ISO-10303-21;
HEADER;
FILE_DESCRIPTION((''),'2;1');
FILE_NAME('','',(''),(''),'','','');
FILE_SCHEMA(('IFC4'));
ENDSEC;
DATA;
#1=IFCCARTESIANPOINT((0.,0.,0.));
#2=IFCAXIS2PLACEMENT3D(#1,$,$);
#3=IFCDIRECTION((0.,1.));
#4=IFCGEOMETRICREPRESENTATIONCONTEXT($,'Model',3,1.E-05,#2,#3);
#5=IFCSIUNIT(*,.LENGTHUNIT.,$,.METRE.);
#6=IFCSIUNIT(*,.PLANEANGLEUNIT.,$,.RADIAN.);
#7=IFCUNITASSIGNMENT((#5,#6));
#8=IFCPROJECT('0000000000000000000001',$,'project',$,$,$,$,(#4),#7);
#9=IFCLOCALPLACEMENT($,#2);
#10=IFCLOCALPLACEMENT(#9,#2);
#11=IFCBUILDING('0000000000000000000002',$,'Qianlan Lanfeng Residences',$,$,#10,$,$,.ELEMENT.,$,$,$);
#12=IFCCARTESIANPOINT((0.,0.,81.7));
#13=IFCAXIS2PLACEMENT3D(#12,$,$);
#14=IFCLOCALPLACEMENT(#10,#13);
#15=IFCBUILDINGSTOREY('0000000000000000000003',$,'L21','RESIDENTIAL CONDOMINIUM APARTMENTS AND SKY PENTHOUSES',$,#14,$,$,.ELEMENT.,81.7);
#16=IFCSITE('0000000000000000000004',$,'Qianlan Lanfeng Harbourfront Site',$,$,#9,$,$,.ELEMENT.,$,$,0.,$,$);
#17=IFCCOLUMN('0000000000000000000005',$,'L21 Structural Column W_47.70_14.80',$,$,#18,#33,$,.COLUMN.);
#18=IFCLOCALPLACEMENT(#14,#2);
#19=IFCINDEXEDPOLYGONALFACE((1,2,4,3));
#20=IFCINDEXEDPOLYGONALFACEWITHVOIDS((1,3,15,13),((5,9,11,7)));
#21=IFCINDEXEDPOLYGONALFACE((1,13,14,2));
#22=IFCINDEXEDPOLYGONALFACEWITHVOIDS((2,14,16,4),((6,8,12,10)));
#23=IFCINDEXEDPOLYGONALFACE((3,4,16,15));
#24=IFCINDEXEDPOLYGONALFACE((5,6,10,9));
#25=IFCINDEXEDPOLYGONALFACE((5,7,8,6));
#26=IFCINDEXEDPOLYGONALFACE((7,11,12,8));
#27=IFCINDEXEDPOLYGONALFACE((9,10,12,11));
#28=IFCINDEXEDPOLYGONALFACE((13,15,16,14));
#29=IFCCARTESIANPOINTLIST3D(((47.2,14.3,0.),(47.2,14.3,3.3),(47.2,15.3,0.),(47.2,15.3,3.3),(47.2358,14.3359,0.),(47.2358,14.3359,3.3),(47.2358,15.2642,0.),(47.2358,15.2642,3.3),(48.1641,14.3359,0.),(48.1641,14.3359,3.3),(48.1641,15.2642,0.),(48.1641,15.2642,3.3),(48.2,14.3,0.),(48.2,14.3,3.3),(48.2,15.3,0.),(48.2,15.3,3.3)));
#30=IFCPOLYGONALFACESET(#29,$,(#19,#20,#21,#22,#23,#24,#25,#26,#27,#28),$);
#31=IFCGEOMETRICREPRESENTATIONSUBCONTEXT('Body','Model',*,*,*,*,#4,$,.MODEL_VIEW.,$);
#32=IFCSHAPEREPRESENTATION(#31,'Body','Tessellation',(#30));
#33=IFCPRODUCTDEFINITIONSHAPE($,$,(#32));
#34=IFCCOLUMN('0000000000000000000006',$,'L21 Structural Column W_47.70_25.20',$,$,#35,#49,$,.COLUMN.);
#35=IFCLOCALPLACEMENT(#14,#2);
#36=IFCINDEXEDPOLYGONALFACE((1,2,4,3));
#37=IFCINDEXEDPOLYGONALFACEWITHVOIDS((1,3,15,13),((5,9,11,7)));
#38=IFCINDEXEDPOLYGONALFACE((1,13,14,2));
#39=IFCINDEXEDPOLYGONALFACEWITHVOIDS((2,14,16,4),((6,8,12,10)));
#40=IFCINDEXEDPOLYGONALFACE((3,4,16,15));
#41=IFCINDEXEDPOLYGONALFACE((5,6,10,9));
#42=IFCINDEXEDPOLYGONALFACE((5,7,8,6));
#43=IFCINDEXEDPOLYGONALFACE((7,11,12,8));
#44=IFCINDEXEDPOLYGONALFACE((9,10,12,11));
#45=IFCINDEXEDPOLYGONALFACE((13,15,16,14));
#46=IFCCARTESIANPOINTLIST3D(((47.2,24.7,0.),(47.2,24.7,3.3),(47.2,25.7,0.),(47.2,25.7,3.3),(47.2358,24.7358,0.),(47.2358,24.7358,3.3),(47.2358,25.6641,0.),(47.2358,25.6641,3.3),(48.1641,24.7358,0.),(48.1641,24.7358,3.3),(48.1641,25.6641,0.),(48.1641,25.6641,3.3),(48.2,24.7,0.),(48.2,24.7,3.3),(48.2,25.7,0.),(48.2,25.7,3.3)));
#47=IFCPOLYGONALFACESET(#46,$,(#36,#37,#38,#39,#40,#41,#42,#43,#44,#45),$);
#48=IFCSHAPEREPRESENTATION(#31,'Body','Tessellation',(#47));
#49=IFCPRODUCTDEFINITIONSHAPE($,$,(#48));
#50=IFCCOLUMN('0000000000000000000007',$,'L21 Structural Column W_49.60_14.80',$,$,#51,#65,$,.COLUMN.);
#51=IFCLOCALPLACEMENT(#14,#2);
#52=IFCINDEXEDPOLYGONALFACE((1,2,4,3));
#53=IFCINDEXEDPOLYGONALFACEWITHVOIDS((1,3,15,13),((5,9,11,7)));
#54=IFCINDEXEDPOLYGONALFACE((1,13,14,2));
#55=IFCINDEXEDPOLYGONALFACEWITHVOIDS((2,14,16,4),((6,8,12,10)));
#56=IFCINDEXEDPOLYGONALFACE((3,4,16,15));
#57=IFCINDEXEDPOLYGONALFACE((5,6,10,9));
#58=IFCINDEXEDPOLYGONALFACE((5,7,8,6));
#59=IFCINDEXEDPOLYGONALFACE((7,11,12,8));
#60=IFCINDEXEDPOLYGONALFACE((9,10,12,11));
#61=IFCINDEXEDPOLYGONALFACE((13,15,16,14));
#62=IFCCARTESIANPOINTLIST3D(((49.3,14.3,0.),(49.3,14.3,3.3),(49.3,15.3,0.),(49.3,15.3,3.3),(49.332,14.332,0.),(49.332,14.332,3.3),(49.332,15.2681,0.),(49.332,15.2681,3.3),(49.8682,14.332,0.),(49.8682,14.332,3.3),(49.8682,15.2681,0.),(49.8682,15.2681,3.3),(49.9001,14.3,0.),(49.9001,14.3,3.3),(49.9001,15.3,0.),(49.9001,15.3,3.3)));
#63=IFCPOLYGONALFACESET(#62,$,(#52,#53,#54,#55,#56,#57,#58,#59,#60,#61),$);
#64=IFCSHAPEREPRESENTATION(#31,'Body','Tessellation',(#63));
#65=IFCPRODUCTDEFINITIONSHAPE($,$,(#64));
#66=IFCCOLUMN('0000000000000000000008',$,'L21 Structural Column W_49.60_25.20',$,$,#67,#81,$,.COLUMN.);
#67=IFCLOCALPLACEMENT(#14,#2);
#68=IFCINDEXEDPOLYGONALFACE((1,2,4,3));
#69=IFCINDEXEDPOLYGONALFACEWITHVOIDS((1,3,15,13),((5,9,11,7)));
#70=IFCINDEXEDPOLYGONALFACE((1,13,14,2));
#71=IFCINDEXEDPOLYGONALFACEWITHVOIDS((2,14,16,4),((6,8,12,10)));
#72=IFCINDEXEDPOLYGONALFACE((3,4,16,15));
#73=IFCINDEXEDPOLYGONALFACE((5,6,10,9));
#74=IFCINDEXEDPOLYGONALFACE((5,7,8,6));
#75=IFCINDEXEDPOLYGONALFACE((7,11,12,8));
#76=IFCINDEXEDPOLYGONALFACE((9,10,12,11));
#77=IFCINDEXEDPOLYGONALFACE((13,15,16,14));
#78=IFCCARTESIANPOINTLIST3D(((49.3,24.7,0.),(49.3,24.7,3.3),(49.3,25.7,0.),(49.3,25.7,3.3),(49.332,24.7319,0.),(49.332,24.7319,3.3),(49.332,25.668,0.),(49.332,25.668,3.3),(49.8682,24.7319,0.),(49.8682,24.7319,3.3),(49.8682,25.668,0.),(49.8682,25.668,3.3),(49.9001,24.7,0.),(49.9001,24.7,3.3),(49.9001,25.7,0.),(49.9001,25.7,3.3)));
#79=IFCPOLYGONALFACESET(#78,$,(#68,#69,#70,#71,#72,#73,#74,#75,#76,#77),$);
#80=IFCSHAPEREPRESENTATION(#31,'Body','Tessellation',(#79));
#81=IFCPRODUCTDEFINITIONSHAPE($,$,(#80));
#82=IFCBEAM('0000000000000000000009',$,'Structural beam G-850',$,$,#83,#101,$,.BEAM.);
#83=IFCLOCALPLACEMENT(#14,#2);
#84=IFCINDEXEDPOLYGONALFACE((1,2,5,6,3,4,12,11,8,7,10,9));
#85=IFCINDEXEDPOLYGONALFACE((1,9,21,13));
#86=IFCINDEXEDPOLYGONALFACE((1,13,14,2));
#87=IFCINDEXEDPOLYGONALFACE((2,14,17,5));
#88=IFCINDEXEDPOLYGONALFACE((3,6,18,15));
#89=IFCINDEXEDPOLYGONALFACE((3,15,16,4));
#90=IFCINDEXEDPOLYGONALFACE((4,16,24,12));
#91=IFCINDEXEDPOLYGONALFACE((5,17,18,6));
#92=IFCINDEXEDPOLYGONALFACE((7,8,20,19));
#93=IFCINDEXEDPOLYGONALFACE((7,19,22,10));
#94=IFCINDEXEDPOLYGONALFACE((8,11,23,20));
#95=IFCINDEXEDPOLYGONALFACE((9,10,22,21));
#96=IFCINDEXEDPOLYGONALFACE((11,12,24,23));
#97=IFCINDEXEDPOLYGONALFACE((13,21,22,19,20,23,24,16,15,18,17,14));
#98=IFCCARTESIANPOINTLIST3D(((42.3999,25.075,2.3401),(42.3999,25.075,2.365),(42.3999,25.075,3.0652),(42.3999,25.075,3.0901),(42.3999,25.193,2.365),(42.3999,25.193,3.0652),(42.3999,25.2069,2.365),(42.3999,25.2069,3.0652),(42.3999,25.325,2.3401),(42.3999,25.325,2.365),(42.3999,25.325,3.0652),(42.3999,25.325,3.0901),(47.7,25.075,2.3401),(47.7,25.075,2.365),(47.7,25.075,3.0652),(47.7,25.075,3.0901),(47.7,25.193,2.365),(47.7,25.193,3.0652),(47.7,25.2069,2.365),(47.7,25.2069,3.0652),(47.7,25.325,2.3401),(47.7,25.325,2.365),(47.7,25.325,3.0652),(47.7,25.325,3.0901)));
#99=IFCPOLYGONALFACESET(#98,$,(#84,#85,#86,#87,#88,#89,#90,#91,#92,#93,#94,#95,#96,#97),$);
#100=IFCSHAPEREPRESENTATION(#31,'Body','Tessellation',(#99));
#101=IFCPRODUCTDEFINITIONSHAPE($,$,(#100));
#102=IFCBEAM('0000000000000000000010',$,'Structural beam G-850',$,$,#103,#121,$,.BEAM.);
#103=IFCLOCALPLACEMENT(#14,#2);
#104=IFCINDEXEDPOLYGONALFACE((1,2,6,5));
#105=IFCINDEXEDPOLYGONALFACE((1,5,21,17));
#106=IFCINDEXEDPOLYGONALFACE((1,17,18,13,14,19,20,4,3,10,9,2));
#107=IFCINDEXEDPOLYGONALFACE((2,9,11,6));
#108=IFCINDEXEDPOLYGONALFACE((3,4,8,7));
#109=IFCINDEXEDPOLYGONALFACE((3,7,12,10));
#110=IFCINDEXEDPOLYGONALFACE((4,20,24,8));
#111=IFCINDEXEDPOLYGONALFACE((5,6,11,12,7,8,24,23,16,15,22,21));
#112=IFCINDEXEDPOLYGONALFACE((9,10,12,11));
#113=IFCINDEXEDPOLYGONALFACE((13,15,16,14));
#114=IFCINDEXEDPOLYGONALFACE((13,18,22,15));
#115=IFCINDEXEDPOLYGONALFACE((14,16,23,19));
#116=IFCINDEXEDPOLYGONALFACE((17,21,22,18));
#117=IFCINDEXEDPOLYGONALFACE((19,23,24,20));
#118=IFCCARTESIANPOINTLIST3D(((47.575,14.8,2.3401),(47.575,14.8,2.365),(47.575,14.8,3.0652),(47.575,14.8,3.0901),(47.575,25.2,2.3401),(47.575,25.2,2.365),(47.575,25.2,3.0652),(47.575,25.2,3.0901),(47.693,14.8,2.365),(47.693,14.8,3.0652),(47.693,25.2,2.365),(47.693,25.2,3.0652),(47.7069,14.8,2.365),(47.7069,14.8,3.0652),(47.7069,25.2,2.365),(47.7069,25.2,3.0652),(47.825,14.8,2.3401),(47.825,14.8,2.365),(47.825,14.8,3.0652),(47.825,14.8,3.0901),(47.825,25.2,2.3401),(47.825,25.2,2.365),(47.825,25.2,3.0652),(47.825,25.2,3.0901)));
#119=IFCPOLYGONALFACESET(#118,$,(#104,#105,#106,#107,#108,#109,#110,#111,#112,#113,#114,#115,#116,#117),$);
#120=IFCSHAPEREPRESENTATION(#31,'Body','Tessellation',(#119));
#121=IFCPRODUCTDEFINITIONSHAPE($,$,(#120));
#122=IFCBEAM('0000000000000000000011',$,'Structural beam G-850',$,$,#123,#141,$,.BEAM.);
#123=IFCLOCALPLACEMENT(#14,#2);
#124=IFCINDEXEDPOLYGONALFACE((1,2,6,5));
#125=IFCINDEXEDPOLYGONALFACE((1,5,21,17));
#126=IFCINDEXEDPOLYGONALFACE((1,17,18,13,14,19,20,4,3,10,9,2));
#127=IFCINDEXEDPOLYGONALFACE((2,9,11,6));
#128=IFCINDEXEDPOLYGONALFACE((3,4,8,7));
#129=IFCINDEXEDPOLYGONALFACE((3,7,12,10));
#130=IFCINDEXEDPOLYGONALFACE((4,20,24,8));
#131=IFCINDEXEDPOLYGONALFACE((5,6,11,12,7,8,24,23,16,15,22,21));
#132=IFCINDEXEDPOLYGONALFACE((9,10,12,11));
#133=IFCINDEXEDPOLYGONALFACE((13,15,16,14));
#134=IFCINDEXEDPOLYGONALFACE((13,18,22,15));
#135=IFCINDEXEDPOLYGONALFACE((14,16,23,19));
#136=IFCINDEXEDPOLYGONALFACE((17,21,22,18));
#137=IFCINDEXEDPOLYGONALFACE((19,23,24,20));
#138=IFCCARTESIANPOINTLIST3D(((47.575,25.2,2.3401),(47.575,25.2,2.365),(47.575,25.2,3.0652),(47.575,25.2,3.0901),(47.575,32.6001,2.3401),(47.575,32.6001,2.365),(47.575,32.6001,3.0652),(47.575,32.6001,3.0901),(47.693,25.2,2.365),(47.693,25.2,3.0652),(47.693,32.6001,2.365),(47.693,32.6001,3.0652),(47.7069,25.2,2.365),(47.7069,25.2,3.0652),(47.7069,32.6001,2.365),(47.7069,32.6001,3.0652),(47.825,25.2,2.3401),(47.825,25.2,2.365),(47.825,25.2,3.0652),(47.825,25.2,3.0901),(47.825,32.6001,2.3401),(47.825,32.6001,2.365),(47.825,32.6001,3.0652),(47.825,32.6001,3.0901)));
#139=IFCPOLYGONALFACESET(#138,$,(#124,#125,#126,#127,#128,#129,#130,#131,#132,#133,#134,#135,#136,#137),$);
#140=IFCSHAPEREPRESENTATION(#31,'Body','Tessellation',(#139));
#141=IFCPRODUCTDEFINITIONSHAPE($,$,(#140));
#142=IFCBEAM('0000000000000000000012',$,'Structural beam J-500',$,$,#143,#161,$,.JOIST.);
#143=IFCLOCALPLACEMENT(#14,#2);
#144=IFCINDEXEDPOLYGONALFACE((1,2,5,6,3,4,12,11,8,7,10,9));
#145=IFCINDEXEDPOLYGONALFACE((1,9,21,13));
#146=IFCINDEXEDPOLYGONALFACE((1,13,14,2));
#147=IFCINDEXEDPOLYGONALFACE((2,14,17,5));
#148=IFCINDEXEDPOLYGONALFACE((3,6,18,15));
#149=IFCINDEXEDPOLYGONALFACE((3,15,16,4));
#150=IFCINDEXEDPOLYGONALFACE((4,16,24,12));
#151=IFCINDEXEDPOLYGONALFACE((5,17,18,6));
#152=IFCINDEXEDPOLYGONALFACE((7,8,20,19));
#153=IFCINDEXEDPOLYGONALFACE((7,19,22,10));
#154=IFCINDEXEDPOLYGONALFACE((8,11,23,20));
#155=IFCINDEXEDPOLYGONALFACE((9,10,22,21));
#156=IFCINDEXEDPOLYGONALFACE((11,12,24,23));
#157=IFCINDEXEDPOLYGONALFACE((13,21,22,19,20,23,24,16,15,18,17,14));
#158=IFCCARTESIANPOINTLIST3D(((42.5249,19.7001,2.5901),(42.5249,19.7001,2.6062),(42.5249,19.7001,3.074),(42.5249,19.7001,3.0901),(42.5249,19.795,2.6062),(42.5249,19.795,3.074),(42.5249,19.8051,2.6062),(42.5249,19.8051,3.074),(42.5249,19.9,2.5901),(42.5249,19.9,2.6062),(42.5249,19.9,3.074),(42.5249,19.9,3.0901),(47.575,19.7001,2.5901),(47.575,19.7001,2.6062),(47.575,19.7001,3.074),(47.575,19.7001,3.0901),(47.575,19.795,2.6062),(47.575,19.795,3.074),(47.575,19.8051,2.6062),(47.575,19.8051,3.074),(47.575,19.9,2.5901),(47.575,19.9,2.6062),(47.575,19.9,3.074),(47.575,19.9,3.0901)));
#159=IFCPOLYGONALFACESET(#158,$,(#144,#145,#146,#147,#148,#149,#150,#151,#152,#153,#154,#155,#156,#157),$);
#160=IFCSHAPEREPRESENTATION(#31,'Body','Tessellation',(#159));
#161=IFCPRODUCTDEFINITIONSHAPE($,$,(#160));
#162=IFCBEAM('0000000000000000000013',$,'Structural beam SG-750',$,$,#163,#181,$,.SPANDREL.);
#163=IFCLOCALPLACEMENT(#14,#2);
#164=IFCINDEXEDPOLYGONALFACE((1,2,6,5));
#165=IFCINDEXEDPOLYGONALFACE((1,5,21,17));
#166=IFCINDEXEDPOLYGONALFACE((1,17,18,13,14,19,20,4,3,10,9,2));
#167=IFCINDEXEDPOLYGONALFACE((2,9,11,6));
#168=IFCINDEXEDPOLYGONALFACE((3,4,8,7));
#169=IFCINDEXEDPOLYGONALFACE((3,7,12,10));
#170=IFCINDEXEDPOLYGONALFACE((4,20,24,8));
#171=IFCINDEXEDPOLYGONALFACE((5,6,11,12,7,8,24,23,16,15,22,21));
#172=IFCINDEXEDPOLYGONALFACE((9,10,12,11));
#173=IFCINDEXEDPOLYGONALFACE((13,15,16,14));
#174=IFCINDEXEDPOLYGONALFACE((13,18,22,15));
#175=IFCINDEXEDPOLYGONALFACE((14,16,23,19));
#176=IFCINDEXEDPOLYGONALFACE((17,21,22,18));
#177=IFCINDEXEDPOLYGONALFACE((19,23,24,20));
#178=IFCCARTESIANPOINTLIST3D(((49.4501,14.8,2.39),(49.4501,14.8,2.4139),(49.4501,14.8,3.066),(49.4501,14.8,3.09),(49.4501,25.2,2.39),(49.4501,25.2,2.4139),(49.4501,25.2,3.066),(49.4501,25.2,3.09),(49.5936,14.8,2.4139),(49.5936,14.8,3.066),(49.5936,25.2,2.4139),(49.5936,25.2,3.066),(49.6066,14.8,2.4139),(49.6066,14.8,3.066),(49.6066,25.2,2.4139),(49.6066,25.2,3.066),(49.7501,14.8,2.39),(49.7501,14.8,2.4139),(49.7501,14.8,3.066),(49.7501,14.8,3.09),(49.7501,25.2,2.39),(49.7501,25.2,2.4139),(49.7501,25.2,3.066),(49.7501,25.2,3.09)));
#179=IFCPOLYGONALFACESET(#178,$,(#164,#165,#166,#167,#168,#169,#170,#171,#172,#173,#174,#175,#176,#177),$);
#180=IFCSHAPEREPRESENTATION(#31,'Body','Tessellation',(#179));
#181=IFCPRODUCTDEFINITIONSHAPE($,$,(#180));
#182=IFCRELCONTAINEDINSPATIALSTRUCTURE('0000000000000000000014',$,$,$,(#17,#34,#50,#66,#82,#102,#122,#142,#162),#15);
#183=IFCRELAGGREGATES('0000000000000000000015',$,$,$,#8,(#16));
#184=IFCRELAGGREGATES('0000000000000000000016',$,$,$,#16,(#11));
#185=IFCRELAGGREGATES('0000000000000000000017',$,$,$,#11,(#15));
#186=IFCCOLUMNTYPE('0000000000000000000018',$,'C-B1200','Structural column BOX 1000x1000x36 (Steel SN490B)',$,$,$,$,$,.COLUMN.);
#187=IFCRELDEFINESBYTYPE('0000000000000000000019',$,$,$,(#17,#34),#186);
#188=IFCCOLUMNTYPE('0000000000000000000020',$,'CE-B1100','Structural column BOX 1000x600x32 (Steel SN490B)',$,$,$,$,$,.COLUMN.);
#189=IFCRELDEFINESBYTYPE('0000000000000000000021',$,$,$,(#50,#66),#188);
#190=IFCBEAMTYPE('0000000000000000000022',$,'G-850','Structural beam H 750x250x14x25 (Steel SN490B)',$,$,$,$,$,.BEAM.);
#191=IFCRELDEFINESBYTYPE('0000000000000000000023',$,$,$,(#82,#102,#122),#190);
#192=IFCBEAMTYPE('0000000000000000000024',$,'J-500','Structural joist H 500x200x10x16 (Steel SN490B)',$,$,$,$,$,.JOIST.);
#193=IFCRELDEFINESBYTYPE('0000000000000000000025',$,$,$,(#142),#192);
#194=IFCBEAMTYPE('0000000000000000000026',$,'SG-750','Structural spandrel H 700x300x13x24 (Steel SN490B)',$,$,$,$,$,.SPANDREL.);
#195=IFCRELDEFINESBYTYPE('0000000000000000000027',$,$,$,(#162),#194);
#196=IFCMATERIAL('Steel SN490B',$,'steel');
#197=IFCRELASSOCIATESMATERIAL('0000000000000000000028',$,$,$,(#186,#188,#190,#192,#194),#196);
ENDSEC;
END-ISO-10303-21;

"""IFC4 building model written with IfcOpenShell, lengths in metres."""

from ifc_helpers import new_model, si_unit, direction, frame, origin, origin_2d, place, context, subcontext, project, spatial, hollow_rectangle, i_section, extrude, material, material_profile, profile_set, type_object, element, save


model = new_model("IFC4")

# Units and contexts
model_context = context("Model", 3, precision=1e-05, world=origin(), true_north=direction((0.0, 1.0)))
body_context = subcontext(model_context, "Body", "Model", "MODEL_VIEW")
ifc_project = project(units=[si_unit("LENGTHUNIT", "METRE"), si_unit("PLANEANGLEUNIT", "RADIAN")], contexts=[model_context])

# Site, building, storey
site_placement = place(None, origin())
site = spatial("IfcSite", under=ifc_project, at=site_placement, Name="Qianlan Lanfeng Harbourfront Site", CompositionType="ELEMENT", RefElevation=0.0)
building_placement = place(site_placement, origin())
building = spatial("IfcBuilding", under=site, at=building_placement, Name="Qianlan Lanfeng Residences", CompositionType="ELEMENT")
storey_placement = place(building_placement, frame((0.0, 0.0, 81.7)))
storey = spatial("IfcBuildingStorey", under=building, at=storey_placement, Name="L21", Description="RESIDENTIAL CONDOMINIUM APARTMENTS AND SKY PENTHOUSES", CompositionType="ELEMENT", Elevation=81.7)

# Columns
ifc_material_1 = material(Name="Steel SN490B", Category="steel")
ifc_material_profile_1 = material_profile(ifc_material_1, hollow_rectangle(XDim=1.0, YDim=1.0, WallThickness=0.0359, at=origin_2d()), Name="BOX 1000x1000x36")
ifc_profile_set_1 = profile_set([ifc_material_profile_1], Name="Steel SN490B")
column_type_1 = type_object("IfcColumnType", Name="C-B1200", Description="Structural column BOX 1000x1000x36 (Steel SN490B)", PredefinedType="COLUMN", material=ifc_profile_set_1)
for number, where, z_axis, x_axis, name in (
    (1, (47.7, 14.8, 0.0), (0.0, 0.0, 1.0), (1.0, 0.0, 0.0), "L21 Structural Column W_47.70_14.80"),
    (2, (47.7, 25.2, 0.0), (0.0, 0.0, 1.0), (1.0, 0.0, 0.0), "L21 Structural Column W_47.70_25.20"),
):
    element("IfcColumn", number, at=place(storey_placement, frame(where, z_axis=z_axis, x_axis=x_axis)), inside=storey, type_object=column_type_1, Name=name, PredefinedType="COLUMN", context=body_context, shape_type="SweptSolid", body=[
        extrude(hollow_rectangle(XDim=1.0, YDim=1.0, WallThickness=0.0359, at=origin_2d()), origin(), (0.0, 0.0, 1.0), 3.3),
    ])
ifc_material_profile_2 = material_profile(ifc_material_1, hollow_rectangle(XDim=0.6001, YDim=1.0, WallThickness=0.032, at=origin_2d()), Name="BOX 1000x600x32")
ifc_profile_set_2 = profile_set([ifc_material_profile_2], Name="Steel SN490B")
column_type_2 = type_object("IfcColumnType", Name="CE-B1100", Description="Structural column BOX 1000x600x32 (Steel SN490B)", PredefinedType="COLUMN", material=ifc_profile_set_2)
for number, where, z_axis, x_axis, name in (
    (3, (49.6001, 14.8, 0.0), (0.0, 0.0, 1.0), (1.0, 0.0, 0.0), "L21 Structural Column W_49.60_14.80"),
    (4, (49.6001, 25.2, 0.0), (0.0, 0.0, 1.0), (1.0, 0.0, 0.0), "L21 Structural Column W_49.60_25.20"),
):
    element("IfcColumn", number, at=place(storey_placement, frame(where, z_axis=z_axis, x_axis=x_axis)), inside=storey, type_object=column_type_2, Name=name, PredefinedType="COLUMN", context=body_context, shape_type="SweptSolid", body=[
        extrude(hollow_rectangle(XDim=0.6001, YDim=1.0, WallThickness=0.032, at=origin_2d()), origin(), (0.0, 0.0, 1.0), 3.3),
    ])

# Beams
ifc_material_profile_3 = material_profile(ifc_material_1, i_section(OverallWidth=0.25, OverallDepth=0.75, WebThickness=0.0139, FlangeThickness=0.0249, at=origin_2d()), Name="H 750x250x14x25")
ifc_profile_set_3 = profile_set([ifc_material_profile_3], Name="Steel SN490B")
beam_type_1 = type_object("IfcBeamType", Name="G-850", Description="Structural beam H 750x250x14x25 (Steel SN490B)", PredefinedType="BEAM", material=ifc_profile_set_3)
beam_1_placement = place(storey_placement, frame((42.3999, 25.2, 2.7151), z_axis=(1.0, 0.0, 0.0), x_axis=(0.0, 1.0, 0.0)))
element("IfcBeam", 5, at=beam_1_placement, inside=storey, type_object=beam_type_1, Name="Structural beam G-850", PredefinedType="BEAM", context=body_context, shape_type="SweptSolid", body=[
    extrude(i_section(OverallWidth=0.25, OverallDepth=0.75, WebThickness=0.0139, FlangeThickness=0.0249, at=origin_2d()), origin(), (0.0, 0.0, 1.0), 5.3),
])
beam_2_placement = place(storey_placement, frame((47.7, 14.8, 2.7151), z_axis=(0.0, 1.0, 0.0), x_axis=(-1.0, 0.0, 0.0)))
element("IfcBeam", 6, at=beam_2_placement, inside=storey, type_object=beam_type_1, Name="Structural beam G-850", PredefinedType="BEAM", context=body_context, shape_type="SweptSolid", body=[
    extrude(i_section(OverallWidth=0.25, OverallDepth=0.75, WebThickness=0.0139, FlangeThickness=0.0249, at=origin_2d()), origin(), (0.0, 0.0, 1.0), 10.3999),
])
beam_3_placement = place(storey_placement, frame((47.7, 25.2, 2.7151), z_axis=(0.0, 1.0, 0.0), x_axis=(-1.0, 0.0, 0.0)))
element("IfcBeam", 7, at=beam_3_placement, inside=storey, type_object=beam_type_1, Name="Structural beam G-850", PredefinedType="BEAM", context=body_context, shape_type="SweptSolid", body=[
    extrude(i_section(OverallWidth=0.25, OverallDepth=0.75, WebThickness=0.0139, FlangeThickness=0.0249, at=origin_2d()), origin(), (0.0, 0.0, 1.0), 7.4001),
])
ifc_material_profile_4 = material_profile(ifc_material_1, i_section(OverallWidth=0.2, OverallDepth=0.5, WebThickness=0.01, FlangeThickness=0.0161, at=origin_2d()), Name="H 500x200x10x16")
ifc_profile_set_4 = profile_set([ifc_material_profile_4], Name="Steel SN490B")
beam_type_2 = type_object("IfcBeamType", Name="J-500", Description="Structural joist H 500x200x10x16 (Steel SN490B)", PredefinedType="JOIST", material=ifc_profile_set_4)
beam_4_placement = place(storey_placement, frame((42.5249, 19.8, 2.8401), z_axis=(1.0, 0.0, 0.0), x_axis=(0.0, 1.0, 0.0)))
element("IfcBeam", 8, at=beam_4_placement, inside=storey, type_object=beam_type_2, Name="Structural beam J-500", PredefinedType="JOIST", context=body_context, shape_type="SweptSolid", body=[
    extrude(i_section(OverallWidth=0.2, OverallDepth=0.5, WebThickness=0.01, FlangeThickness=0.0161, at=origin_2d()), origin(), (0.0, 0.0, 1.0), 5.05),
])
ifc_material_profile_5 = material_profile(ifc_material_1, i_section(OverallWidth=0.3, OverallDepth=0.7, WebThickness=0.0129, FlangeThickness=0.0239, at=origin_2d()), Name="H 700x300x13x24")
ifc_profile_set_5 = profile_set([ifc_material_profile_5], Name="Steel SN490B")
beam_type_3 = type_object("IfcBeamType", Name="SG-750", Description="Structural spandrel H 700x300x13x24 (Steel SN490B)", PredefinedType="SPANDREL", material=ifc_profile_set_5)
beam_5_placement = place(storey_placement, frame((49.6001, 14.8, 2.74), z_axis=(0.0, 1.0, 0.0), x_axis=(-1.0, 0.0, 0.0)))
element("IfcBeam", 9, at=beam_5_placement, inside=storey, type_object=beam_type_3, Name="Structural beam SG-750", PredefinedType="SPANDREL", context=body_context, shape_type="SweptSolid", body=[
    extrude(i_section(OverallWidth=0.3, OverallDepth=0.7, WebThickness=0.0129, FlangeThickness=0.0239, at=origin_2d()), origin(), (0.0, 0.0, 1.0), 10.3999),
])

save(model, "model.ifc")
